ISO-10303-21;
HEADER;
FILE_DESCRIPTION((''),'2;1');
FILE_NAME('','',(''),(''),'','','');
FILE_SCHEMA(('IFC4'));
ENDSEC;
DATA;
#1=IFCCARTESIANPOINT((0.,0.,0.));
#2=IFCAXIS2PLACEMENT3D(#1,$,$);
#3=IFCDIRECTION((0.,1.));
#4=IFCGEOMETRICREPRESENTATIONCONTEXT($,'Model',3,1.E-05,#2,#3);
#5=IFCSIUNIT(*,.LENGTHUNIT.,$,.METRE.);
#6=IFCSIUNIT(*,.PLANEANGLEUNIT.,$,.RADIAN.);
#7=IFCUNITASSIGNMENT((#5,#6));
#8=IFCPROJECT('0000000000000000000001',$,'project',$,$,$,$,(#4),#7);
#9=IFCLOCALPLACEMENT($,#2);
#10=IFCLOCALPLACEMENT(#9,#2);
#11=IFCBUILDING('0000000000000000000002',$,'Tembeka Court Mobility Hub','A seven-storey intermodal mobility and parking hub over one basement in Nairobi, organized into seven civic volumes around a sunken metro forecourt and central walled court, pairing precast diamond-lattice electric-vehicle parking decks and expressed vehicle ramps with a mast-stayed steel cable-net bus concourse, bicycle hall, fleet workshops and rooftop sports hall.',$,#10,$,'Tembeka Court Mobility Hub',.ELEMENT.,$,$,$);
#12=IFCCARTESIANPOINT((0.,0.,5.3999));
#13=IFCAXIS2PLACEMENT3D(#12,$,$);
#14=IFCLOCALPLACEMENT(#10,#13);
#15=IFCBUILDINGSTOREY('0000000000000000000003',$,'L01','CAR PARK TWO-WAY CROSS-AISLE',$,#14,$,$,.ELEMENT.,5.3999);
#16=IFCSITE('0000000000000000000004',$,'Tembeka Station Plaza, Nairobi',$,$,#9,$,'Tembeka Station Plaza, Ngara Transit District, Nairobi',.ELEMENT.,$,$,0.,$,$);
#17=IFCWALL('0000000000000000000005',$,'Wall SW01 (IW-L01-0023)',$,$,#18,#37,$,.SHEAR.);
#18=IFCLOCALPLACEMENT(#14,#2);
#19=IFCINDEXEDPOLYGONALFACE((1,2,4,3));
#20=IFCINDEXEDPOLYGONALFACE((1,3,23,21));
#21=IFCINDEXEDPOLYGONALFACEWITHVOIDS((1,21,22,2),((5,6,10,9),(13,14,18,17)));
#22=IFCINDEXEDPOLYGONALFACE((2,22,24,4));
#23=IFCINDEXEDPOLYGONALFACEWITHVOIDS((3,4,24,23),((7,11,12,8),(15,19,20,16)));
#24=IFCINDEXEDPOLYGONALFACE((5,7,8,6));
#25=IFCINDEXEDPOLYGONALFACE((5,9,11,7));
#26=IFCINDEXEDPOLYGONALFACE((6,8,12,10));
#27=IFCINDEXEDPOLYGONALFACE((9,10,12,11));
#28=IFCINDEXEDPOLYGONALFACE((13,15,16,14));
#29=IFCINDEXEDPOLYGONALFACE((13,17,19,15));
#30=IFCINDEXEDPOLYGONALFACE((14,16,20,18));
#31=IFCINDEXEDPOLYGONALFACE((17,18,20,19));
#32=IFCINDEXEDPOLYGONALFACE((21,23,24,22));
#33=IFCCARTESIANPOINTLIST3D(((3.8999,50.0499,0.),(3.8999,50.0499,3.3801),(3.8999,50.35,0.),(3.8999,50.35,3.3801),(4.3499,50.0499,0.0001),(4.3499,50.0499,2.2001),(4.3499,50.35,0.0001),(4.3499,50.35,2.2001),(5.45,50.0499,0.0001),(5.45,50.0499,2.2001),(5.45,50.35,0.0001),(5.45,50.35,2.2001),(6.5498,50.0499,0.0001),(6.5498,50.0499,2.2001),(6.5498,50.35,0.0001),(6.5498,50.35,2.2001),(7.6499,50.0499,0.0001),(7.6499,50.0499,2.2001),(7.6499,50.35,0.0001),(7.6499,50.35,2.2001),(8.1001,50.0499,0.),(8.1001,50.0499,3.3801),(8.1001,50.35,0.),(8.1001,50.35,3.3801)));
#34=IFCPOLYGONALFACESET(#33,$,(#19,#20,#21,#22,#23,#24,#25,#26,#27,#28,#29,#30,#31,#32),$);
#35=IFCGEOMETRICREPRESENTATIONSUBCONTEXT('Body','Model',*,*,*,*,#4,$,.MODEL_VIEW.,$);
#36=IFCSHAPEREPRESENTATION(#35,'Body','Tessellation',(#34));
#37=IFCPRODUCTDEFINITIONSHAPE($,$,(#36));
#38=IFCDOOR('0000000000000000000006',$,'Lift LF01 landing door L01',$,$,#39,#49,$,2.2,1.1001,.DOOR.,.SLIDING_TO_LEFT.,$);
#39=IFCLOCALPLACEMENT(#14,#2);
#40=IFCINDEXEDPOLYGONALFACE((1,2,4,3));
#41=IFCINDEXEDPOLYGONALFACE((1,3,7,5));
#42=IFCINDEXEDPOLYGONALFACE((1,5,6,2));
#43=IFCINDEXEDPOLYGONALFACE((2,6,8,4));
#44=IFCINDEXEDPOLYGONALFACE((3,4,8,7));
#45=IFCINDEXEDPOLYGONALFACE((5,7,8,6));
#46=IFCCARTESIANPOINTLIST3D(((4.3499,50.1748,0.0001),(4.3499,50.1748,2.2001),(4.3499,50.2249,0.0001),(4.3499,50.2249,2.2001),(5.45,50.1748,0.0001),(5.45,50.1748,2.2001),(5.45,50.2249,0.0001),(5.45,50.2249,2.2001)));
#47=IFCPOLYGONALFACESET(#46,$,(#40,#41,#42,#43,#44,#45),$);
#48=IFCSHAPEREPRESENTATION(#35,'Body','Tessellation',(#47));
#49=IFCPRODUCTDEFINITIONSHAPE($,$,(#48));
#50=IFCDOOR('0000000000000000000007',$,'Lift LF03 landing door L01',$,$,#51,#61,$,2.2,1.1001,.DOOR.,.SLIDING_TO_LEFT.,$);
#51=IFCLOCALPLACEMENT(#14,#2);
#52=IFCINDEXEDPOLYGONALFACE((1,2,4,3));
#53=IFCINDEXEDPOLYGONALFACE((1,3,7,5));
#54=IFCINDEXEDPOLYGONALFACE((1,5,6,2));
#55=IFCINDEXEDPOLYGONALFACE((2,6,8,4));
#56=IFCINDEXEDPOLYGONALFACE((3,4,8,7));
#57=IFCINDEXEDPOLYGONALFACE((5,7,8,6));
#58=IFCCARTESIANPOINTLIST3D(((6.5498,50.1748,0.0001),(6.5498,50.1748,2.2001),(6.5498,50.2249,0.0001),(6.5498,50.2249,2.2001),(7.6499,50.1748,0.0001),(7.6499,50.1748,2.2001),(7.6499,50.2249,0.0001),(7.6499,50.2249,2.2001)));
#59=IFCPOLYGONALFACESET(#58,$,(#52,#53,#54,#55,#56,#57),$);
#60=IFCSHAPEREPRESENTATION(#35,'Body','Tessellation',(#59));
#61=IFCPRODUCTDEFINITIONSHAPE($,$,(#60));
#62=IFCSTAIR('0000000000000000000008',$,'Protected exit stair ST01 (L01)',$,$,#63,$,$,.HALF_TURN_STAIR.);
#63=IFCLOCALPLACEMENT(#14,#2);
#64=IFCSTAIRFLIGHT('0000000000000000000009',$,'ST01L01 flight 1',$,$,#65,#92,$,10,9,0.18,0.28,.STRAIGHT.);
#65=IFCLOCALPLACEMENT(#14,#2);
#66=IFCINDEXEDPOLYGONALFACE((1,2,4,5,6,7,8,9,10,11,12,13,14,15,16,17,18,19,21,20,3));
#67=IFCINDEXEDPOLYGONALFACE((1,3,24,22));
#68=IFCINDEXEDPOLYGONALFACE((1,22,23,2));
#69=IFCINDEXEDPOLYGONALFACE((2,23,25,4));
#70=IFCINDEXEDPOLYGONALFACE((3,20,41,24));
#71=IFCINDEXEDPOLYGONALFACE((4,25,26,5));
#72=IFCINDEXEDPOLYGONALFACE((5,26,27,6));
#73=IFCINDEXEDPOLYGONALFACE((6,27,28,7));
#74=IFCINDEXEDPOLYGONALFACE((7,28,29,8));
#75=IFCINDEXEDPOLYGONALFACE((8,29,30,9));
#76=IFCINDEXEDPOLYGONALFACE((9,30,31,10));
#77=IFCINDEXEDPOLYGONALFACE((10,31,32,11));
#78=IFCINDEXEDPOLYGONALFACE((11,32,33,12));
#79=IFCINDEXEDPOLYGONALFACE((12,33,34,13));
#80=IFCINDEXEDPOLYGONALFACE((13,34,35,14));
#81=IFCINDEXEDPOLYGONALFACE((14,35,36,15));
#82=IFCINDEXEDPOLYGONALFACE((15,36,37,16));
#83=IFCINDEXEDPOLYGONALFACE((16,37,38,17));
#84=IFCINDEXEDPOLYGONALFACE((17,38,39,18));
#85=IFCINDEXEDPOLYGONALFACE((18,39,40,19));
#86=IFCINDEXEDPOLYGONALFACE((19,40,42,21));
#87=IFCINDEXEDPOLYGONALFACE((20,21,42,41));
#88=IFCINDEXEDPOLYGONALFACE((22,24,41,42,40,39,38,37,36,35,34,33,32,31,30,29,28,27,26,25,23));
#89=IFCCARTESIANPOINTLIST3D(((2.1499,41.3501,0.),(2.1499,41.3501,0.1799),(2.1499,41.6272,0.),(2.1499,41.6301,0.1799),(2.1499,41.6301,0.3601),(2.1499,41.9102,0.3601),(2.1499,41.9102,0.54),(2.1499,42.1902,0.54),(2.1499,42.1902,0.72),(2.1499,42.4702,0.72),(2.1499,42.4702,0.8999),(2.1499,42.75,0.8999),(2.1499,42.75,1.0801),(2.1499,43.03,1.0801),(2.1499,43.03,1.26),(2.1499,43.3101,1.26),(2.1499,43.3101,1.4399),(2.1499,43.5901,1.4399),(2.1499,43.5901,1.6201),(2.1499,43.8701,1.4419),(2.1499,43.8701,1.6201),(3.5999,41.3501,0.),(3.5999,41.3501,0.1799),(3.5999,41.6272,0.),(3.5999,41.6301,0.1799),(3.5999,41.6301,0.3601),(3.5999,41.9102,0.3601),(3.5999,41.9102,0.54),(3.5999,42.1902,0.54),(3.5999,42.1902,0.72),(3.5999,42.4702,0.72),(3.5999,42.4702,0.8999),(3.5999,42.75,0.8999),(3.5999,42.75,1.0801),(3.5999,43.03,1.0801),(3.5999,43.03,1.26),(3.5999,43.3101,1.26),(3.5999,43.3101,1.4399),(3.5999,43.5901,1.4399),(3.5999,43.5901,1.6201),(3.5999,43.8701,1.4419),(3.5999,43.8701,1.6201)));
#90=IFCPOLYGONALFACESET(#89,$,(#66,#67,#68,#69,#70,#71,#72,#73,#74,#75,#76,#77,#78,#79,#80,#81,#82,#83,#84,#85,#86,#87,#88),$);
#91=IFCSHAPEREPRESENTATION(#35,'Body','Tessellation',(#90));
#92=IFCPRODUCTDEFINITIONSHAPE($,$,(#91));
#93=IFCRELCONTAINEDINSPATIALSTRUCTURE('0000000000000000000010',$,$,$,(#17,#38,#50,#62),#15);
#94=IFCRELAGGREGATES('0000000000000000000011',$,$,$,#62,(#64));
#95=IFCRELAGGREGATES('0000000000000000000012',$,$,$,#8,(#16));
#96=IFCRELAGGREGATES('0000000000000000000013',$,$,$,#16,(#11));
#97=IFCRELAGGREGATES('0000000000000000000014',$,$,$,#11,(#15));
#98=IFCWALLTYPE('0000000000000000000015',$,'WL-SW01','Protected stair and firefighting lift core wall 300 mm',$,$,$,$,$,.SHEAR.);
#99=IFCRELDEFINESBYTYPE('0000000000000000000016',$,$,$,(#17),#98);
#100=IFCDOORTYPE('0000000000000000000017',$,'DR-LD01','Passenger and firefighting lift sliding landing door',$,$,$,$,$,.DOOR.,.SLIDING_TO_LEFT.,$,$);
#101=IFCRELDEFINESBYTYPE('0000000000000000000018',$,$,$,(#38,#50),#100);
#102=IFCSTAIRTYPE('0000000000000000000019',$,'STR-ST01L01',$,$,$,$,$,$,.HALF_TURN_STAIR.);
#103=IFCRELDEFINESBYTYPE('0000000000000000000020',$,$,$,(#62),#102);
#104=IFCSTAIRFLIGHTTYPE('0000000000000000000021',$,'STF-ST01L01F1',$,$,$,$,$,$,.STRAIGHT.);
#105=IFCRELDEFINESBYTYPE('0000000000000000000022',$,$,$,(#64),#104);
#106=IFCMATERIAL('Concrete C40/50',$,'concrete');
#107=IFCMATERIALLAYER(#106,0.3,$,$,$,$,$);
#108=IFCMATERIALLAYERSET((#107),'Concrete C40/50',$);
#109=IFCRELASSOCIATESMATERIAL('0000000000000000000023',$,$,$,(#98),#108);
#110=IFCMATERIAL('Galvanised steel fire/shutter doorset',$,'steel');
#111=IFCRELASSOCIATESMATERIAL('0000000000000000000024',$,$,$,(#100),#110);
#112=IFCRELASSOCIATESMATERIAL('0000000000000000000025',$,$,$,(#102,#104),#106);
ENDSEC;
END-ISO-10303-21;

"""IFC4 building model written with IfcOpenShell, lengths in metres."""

from ifc_helpers import new_model, si_unit, direction, frame, frame_2d, origin, place, context, subcontext, project, spatial, polyline, rectangle, outline, extrude, material, layer, layer_set, type_object, element, fill, aggregate, save


model = new_model("IFC4")

# Units and contexts
model_context = context("Model", 3, precision=1e-05, world=origin(), true_north=direction((0.0, 1.0)))
body_context = subcontext(model_context, "Body", "Model", "MODEL_VIEW")
ifc_project = project(units=[si_unit("LENGTHUNIT", "METRE"), si_unit("PLANEANGLEUNIT", "RADIAN")], contexts=[model_context])

# Site, building, storey
site_placement = place(None, origin())
site = spatial("IfcSite", under=ifc_project, at=site_placement, Name="Tembeka Station Plaza, Nairobi", LongName="Tembeka Station Plaza, Ngara Transit District, Nairobi", CompositionType="ELEMENT", RefElevation=0.0)
building_placement = place(site_placement, origin())
building = spatial("IfcBuilding", under=site, at=building_placement, Name="Tembeka Court Mobility Hub", Description="A seven-storey intermodal mobility and parking hub over one basement in Nairobi, organized into seven civic volumes around a sunken metro forecourt and central walled court, pairing precast diamond-lattice electric-vehicle parking decks and expressed vehicle ramps with a mast-stayed steel cable-net bus concourse, bicycle hall, fleet workshops and rooftop sports hall.", LongName="Tembeka Court Mobility Hub", CompositionType="ELEMENT")
storey_placement = place(building_placement, frame((0.0, 0.0, 5.3999)))
storey = spatial("IfcBuildingStorey", under=building, at=storey_placement, Name="L01", Description="CAR PARK TWO-WAY CROSS-AISLE", CompositionType="ELEMENT", Elevation=5.3999)

# Shared definitions
ifc_material_1 = material(Name="Concrete C40/50", Category="concrete")

# Wall, openings, doors
ifc_layer_1 = layer(ifc_material_1, 0.3)
ifc_layer_set_1 = layer_set([ifc_layer_1], Name="Concrete C40/50")
wall_type_1 = type_object("IfcWallType", Name="WL-SW01", Description="Protected stair and firefighting lift core wall 300 mm", PredefinedType="SHEAR", material=ifc_layer_set_1)
wall_1_placement = place(storey_placement, frame((3.8999, 50.2, 0.0), z_axis=(0.0, 0.0, 1.0), x_axis=(1.0, 0.0, 0.0)))
wall_1 = element("IfcWall", 1, at=wall_1_placement, inside=storey, type_object=wall_type_1, Name="Wall SW01 (IW-L01-0023)", PredefinedType="SHEAR", context=body_context, shape_type="SweptSolid", body=[
    extrude(rectangle(XDim=4.2002, YDim=0.3, at=frame_2d((2.1001, 0.0))), origin(), (0.0, 0.0, 1.0), 3.3801),
])
opening_1_placement = place(wall_1_placement, frame((0.45, 0.0, 0.0)))
opening_1 = element("IfcOpeningElement", 2, at=opening_1_placement, cuts=wall_1, PredefinedType="OPENING", context=body_context, shape_type="SweptSolid", body=[
    extrude(rectangle(XDim=1.1001, YDim=2.2, at=frame_2d((0.55, 1.1001))), frame((0.0, 0.1602, 0.0), z_axis=(0.0, -1.0, 0.0), x_axis=(1.0, 0.0, 0.0)), (0.0, 0.0, 1.0), 0.3201),
])
opening_2_placement = place(wall_1_placement, frame((2.6499, 0.0, 0.0)))
opening_2 = element("IfcOpeningElement", 3, at=opening_2_placement, cuts=wall_1, PredefinedType="OPENING", context=body_context, shape_type="SweptSolid", body=[
    extrude(rectangle(XDim=1.1001, YDim=2.2, at=frame_2d((0.55, 1.1001))), frame((0.0, 0.1602, 0.0), z_axis=(0.0, -1.0, 0.0), x_axis=(1.0, 0.0, 0.0)), (0.0, 0.0, 1.0), 0.3201),
])
ifc_material_2 = material(Name="Galvanised steel fire/shutter doorset", Category="steel")
door_type = type_object("IfcDoorType", Name="DR-LD01", Description="Passenger and firefighting lift sliding landing door", OperationType="SLIDING_TO_LEFT", PredefinedType="DOOR", material=ifc_material_2)
door_1_placement = place(opening_1_placement, origin())
door_1 = element("IfcDoor", 4, at=door_1_placement, inside=storey, type_object=door_type, Name="Lift LF01 landing door L01", OperationType="SLIDING_TO_LEFT", OverallHeight=2.2, OverallWidth=1.1001, PredefinedType="DOOR", context=body_context, shape_type="SweptSolid", body=[
    extrude(rectangle(XDim=1.1001, YDim=2.2, at=frame_2d((0.55, 1.1001))), frame((0.0, 0.0249, 0.0), z_axis=(0.0, -1.0, 0.0), x_axis=(1.0, 0.0, 0.0)), (0.0, 0.0, 1.0), 0.05),
])
fill(opening_1, door_1)
door_2_placement = place(opening_2_placement, origin())
door_2 = element("IfcDoor", 5, at=door_2_placement, inside=storey, type_object=door_type, Name="Lift LF03 landing door L01", OperationType="SLIDING_TO_LEFT", OverallHeight=2.2, OverallWidth=1.1001, PredefinedType="DOOR", context=body_context, shape_type="SweptSolid", body=[
    extrude(rectangle(XDim=1.1001, YDim=2.2, at=frame_2d((0.55, 1.1001))), frame((0.0, 0.0249, 0.0), z_axis=(0.0, -1.0, 0.0), x_axis=(1.0, 0.0, 0.0)), (0.0, 0.0, 1.0), 0.05),
])
fill(opening_2, door_2)

# Stair, stair flight
stair_type = type_object("IfcStairType", Name="STR-ST01L01", PredefinedType="HALF_TURN_STAIR", material=ifc_material_1)
stair_placement = place(storey_placement, origin())
stair = element("IfcStair", 6, at=stair_placement, inside=storey, type_object=stair_type, Name="Protected exit stair ST01 (L01)", PredefinedType="HALF_TURN_STAIR")
stair_flight_type = type_object("IfcStairFlightType", Name="STF-ST01L01F1", PredefinedType="STRAIGHT", material=ifc_material_1)
stair_flight_placement = place(storey_placement, frame((2.875, 41.3501, 0.0), z_axis=(0.0, 0.0, 1.0), x_axis=(0.0, 1.0, 0.0)))
stair_flight = element("IfcStairFlight", 7, at=stair_flight_placement, type_object=stair_flight_type, Name="ST01L01 flight 1", NumberOfRisers=10, NumberOfTreads=9, PredefinedType="STRAIGHT", RiserHeight=0.18, TreadLength=0.28, context=body_context, shape_type="SweptSolid", body=[
    extrude(outline(polyline([(0.0, 0.0), (0.0, 0.1799), (0.28, 0.1799), (0.28, 0.3601), (0.5601, 0.3601), (0.5601, 0.54), (0.8401, 0.54), (0.8401, 0.72), (1.1201, 0.72), (1.1201, 0.8999), (1.3999, 0.8999), (1.3999, 1.0801), (1.6799, 1.0801), (1.6799, 1.26), (1.96, 1.26), (1.96, 1.4399), (2.24, 1.4399), (2.24, 1.6201), (2.52, 1.6201), (2.52, 1.8), (2.52, 1.4419), (0.2771, 0.0), (0.0, 0.0)])), frame((0.0, 0.7251, 0.0), z_axis=(0.0, -1.0, 0.0), x_axis=(1.0, 0.0, 0.0)), (0.0, 0.0, 1.0), 1.45),
])
aggregate(stair, [stair_flight])

save(model, "model.ifc")
